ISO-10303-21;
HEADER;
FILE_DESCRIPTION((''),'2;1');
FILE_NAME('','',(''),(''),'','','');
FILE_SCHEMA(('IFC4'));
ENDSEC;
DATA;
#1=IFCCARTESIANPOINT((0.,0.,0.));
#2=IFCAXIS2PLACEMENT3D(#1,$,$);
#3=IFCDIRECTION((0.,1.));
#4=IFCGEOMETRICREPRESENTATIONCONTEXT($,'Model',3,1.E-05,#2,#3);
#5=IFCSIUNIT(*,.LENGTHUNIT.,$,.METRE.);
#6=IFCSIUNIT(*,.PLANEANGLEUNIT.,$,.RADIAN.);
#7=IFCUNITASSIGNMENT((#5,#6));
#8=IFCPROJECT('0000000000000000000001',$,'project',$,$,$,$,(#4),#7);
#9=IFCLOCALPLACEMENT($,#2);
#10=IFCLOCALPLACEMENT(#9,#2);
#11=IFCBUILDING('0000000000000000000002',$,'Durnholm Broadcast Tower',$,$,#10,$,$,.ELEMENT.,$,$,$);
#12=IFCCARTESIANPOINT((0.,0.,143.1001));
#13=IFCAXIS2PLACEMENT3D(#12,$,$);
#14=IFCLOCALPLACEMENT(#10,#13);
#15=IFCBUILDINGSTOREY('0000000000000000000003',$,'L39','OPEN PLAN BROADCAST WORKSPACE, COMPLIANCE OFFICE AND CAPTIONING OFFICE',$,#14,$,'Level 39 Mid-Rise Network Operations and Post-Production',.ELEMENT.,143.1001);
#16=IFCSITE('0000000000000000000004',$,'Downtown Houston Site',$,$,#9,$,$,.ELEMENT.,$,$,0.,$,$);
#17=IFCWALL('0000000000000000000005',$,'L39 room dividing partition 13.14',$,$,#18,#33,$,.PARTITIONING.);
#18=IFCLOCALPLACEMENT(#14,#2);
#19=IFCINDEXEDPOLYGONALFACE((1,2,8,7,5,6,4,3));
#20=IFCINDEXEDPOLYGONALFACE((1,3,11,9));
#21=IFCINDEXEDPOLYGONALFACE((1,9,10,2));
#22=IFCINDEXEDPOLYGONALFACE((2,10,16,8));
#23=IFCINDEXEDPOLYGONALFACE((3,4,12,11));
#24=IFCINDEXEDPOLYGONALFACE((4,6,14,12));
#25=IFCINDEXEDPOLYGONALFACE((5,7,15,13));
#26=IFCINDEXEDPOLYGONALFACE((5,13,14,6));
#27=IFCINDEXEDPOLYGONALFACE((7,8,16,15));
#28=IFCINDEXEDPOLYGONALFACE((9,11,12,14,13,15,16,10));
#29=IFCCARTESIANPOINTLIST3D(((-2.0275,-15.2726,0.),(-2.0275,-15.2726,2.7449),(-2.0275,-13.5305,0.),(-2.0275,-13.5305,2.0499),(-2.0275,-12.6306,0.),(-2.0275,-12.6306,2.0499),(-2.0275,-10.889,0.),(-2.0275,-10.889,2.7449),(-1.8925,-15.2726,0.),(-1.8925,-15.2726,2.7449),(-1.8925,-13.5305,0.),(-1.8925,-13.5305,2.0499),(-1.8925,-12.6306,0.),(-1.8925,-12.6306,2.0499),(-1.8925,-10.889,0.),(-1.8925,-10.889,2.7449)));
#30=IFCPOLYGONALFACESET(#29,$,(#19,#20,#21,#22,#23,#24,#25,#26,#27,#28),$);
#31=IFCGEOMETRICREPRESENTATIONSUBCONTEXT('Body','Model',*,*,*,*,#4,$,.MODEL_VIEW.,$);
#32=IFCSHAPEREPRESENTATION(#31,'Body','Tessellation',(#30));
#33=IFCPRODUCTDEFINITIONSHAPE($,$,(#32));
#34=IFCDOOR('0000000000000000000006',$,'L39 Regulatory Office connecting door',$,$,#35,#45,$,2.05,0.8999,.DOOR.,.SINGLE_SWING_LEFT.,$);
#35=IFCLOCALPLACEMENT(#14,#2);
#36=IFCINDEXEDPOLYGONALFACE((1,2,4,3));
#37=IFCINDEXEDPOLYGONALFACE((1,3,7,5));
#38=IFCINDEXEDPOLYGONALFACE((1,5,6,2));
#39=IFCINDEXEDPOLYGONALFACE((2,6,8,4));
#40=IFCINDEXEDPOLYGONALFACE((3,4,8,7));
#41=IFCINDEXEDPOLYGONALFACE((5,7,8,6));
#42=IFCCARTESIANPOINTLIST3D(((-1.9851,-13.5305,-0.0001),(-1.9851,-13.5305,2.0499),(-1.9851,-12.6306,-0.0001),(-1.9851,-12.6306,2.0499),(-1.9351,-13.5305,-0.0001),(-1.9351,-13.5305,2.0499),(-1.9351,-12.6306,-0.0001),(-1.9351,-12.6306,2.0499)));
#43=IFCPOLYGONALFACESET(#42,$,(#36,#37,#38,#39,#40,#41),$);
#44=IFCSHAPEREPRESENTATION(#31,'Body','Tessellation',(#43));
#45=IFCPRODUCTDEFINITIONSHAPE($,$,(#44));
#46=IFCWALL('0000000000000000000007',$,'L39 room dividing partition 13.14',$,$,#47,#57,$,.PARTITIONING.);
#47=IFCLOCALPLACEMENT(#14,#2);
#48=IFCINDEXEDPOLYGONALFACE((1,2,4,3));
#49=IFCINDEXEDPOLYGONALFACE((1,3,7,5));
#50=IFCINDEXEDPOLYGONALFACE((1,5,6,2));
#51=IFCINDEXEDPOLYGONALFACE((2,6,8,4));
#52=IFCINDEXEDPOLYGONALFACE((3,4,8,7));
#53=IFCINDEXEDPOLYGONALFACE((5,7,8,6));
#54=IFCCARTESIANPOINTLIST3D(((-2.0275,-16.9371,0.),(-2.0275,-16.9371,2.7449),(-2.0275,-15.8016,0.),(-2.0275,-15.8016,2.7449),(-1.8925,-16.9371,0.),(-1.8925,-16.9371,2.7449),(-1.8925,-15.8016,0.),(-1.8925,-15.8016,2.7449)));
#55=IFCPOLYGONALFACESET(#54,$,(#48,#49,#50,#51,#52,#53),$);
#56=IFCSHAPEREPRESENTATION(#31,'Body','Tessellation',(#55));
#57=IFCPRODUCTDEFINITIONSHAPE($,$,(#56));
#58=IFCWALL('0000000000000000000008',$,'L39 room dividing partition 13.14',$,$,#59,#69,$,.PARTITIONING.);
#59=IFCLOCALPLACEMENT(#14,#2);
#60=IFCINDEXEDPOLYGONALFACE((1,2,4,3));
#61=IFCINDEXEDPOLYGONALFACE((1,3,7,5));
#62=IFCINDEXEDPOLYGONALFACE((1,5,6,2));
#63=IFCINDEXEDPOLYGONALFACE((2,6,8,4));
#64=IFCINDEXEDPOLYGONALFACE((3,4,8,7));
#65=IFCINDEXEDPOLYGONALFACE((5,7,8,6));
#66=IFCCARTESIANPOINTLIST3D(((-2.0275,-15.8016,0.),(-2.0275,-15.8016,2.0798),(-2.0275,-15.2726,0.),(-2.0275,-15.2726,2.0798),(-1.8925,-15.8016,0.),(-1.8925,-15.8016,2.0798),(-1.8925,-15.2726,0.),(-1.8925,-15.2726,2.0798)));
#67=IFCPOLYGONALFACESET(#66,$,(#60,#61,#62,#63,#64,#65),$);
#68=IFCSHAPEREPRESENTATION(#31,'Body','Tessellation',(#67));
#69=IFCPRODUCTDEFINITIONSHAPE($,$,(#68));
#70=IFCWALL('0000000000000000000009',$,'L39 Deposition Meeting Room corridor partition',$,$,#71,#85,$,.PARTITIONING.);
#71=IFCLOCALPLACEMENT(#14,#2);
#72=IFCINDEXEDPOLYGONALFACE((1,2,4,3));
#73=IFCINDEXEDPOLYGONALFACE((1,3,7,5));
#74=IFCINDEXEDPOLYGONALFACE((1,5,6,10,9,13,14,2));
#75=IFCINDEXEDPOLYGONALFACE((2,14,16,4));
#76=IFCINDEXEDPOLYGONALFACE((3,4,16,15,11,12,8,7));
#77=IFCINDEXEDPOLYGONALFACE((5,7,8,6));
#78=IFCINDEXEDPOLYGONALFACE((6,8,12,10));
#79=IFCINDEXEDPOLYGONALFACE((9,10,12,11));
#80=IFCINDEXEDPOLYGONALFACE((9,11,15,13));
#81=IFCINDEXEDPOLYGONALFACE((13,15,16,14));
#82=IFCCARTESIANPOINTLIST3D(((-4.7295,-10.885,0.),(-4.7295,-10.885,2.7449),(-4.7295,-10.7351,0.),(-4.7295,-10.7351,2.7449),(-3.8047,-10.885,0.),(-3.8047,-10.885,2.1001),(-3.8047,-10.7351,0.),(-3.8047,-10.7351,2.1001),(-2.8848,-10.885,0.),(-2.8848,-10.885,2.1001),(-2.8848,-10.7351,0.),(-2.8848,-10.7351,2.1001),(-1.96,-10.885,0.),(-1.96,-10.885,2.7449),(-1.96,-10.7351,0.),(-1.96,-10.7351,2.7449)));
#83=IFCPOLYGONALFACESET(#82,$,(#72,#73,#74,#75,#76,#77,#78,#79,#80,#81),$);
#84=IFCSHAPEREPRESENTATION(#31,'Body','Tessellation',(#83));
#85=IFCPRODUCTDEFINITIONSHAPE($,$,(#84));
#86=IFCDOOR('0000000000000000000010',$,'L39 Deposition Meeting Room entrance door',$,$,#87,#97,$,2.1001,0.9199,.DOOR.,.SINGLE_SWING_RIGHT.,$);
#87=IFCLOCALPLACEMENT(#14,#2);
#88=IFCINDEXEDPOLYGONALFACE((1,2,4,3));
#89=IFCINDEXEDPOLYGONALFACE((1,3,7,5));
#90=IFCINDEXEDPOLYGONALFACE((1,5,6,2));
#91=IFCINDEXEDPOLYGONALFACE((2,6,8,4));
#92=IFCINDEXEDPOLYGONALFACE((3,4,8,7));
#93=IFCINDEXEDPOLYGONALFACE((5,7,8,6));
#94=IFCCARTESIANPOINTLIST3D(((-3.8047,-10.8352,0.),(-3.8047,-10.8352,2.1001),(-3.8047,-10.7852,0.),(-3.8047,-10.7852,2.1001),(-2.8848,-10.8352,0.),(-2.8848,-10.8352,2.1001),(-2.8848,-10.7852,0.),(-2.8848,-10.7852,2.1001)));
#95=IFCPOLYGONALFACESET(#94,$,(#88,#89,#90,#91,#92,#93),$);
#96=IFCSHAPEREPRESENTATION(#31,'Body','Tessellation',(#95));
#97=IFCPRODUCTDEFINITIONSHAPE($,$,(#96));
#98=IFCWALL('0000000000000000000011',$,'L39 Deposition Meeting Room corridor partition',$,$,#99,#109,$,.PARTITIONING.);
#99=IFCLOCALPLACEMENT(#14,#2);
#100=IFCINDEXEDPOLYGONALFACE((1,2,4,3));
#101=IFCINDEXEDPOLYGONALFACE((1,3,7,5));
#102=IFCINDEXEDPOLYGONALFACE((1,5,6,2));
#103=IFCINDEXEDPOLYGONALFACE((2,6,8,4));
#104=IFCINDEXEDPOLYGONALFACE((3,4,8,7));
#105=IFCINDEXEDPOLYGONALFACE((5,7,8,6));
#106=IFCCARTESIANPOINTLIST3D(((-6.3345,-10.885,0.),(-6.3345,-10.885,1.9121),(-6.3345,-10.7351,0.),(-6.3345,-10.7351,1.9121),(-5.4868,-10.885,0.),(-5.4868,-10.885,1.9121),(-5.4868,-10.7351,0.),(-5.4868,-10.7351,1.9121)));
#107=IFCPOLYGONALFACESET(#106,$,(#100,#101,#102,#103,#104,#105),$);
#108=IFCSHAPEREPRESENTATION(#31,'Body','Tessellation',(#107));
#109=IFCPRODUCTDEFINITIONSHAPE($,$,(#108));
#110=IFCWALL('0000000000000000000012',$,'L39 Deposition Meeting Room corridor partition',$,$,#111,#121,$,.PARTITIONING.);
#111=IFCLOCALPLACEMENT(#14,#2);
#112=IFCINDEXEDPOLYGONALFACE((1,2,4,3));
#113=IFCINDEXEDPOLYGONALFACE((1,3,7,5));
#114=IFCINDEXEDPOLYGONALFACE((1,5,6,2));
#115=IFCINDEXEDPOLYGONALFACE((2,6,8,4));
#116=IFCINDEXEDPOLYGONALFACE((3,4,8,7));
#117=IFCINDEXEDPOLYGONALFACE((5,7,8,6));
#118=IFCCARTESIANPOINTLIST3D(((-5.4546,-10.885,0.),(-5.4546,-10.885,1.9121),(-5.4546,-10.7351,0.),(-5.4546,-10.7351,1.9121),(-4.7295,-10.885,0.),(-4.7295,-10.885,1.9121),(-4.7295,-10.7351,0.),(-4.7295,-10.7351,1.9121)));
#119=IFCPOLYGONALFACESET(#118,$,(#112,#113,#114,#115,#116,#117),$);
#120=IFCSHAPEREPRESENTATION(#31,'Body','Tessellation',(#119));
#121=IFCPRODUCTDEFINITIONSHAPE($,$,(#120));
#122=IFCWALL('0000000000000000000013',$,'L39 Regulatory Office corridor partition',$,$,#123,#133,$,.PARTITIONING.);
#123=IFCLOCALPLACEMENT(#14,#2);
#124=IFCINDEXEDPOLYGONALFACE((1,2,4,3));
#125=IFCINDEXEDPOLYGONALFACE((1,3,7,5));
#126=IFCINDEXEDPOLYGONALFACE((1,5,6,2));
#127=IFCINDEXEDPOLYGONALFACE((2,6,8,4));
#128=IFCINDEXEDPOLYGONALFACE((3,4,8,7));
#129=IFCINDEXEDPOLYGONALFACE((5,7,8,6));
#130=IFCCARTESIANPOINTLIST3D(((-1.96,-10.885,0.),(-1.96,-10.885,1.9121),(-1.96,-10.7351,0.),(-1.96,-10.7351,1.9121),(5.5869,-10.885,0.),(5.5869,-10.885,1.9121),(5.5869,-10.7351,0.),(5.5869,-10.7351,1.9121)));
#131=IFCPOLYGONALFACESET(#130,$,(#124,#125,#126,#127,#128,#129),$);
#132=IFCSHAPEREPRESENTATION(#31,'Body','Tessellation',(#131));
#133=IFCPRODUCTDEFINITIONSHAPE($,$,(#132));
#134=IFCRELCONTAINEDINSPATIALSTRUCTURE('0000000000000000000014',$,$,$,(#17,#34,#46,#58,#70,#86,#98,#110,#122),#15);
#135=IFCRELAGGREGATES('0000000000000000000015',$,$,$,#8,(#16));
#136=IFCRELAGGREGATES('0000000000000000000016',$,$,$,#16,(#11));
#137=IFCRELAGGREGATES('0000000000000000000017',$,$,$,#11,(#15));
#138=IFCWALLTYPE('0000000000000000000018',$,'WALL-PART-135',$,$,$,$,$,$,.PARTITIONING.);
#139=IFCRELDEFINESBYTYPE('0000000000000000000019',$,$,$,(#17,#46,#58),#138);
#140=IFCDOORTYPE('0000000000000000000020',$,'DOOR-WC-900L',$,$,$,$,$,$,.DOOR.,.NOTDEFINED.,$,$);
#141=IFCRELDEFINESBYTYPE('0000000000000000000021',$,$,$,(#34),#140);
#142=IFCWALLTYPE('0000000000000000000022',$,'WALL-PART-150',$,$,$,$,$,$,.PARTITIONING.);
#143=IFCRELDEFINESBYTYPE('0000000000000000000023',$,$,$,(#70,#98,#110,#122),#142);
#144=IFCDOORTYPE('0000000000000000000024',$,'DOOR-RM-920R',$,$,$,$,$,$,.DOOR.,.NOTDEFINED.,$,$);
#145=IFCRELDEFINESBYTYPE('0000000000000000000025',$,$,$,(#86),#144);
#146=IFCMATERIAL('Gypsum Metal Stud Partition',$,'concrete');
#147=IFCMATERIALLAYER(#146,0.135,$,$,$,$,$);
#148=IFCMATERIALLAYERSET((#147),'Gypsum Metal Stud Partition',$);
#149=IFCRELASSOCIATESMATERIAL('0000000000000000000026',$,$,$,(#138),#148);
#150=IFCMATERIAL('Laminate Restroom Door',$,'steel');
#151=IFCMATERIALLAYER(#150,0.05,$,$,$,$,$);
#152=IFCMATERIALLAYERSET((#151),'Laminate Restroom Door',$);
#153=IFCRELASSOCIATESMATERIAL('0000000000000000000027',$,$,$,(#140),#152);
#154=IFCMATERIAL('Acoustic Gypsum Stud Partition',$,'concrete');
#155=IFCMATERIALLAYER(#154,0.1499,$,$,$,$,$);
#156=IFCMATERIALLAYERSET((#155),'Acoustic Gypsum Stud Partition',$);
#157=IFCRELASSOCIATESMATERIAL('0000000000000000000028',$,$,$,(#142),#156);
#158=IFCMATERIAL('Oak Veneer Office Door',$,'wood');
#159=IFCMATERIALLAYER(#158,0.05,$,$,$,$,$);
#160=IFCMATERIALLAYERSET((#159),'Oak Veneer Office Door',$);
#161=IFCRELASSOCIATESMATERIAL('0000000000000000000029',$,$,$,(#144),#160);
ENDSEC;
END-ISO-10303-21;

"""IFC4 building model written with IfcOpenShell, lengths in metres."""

from ifc_helpers import new_model, si_unit, direction, frame, frame_2d, origin, place, context, subcontext, project, spatial, rectangle, extrude, source, transform, mapped, material, layer, layer_set, type_object, type_shapes, element, fill, save


model = new_model("IFC4")

# Units and contexts
model_context = context("Model", 3, precision=1e-05, world=origin(), true_north=direction((0.0, 1.0)))
body_context = subcontext(model_context, "Body", "Model", "MODEL_VIEW")
ifc_project = project(units=[si_unit("LENGTHUNIT", "METRE"), si_unit("PLANEANGLEUNIT", "RADIAN")], contexts=[model_context])

# Site, building, storey
site_placement = place(None, origin())
site = spatial("IfcSite", under=ifc_project, at=site_placement, Name="Downtown Houston Site", CompositionType="ELEMENT", RefElevation=0.0)
building_placement = place(site_placement, origin())
building = spatial("IfcBuilding", under=site, at=building_placement, Name="Durnholm Broadcast Tower", CompositionType="ELEMENT")
storey_placement = place(building_placement, frame((0.0, 0.0, 143.1001)))
storey = spatial("IfcBuildingStorey", under=building, at=storey_placement, Name="L39", Description="OPEN PLAN BROADCAST WORKSPACE, COMPLIANCE OFFICE AND CAPTIONING OFFICE", LongName="Level 39 Mid-Rise Network Operations and Post-Production", CompositionType="ELEMENT", Elevation=143.1001)

# Wall, opening, door
ifc_material_1 = material(Name="Gypsum Metal Stud Partition", Category="concrete")
ifc_layer_1 = layer(ifc_material_1, 0.135)
ifc_layer_set_1 = layer_set([ifc_layer_1], Name="Gypsum Metal Stud Partition")
wall_type_1 = type_object("IfcWallType", Name="WALL-PART-135", PredefinedType="PARTITIONING", material=ifc_layer_set_1)
wall_1_placement = place(storey_placement, frame((-1.96, -10.8889, 0.0), z_axis=(0.0, 0.0, 1.0), x_axis=(0.0, -1.0, 0.0)))
wall_1 = element("IfcWall", 1, at=wall_1_placement, inside=storey, type_object=wall_type_1, Name="L39 room dividing partition 13.14", PredefinedType="PARTITIONING", context=body_context, shape_type="SweptSolid", body=[
    extrude(rectangle(XDim=4.3835, YDim=0.135, at=frame_2d((2.1919, 0.0))), origin(), (0.0, 0.0, 1.0), 2.7449),
])
opening_1_placement = place(wall_1_placement, frame((1.7417, 0.0, 0.0)))
opening_1 = element("IfcOpeningElement", 2, at=opening_1_placement, cuts=wall_1, PredefinedType="OPENING", context=body_context, shape_type="SweptSolid", body=[
    extrude(rectangle(XDim=0.8999, YDim=2.05, at=frame_2d((0.45, 1.0249))), frame((0.0, 0.0776, 0.0), z_axis=(0.0, -1.0, 0.0), x_axis=(1.0, 0.0, 0.0)), (0.0, 0.0, 1.0), 0.155),
])
ifc_material_2 = material(Name="Laminate Restroom Door", Category="steel")
ifc_layer_2 = layer(ifc_material_2, 0.05)
ifc_layer_set_2 = layer_set([ifc_layer_2], Name="Laminate Restroom Door")
door_type_1 = type_object("IfcDoorType", Name="DOOR-WC-900L", OperationType="NOTDEFINED", PredefinedType="DOOR", material=ifc_layer_set_2)
shared_shape_1 = source(origin(), body_context, "Body", "SweptSolid", [
    extrude(rectangle(XDim=0.8999, YDim=2.05, at=frame_2d((0.45, 1.0249))), frame((0.0, 0.0249, 0.0), z_axis=(0.0, -1.0, 0.0), x_axis=(1.0, 0.0, 0.0)), (0.0, 0.0, 1.0), 0.05),
])
type_shapes(door_type_1, [shared_shape_1])
door_1_placement = place(opening_1_placement, origin())
door_1 = element("IfcDoor", 3, at=door_1_placement, inside=storey, type_object=door_type_1, Name="L39 Regulatory Office connecting door", OperationType="SINGLE_SWING_LEFT", OverallHeight=2.05, OverallWidth=0.8999, PredefinedType="DOOR", context=body_context, shape_type="MappedRepresentation", body=[
    mapped(shared_shape_1, transform((0.0, 0.0, 0.0), x_axis=(1.0, 0.0, 0.0), y_axis=(0.0, 1.0, 0.0), z_axis=(0.0, 0.0, 1.0), scale=1.0)),
])
fill(opening_1, door_1)

# Walls
wall_2_placement = place(storey_placement, frame((-1.96, -15.8015, 0.0), z_axis=(0.0, 0.0, 1.0), x_axis=(0.0, -1.0, 0.0)))
element("IfcWall", 4, at=wall_2_placement, inside=storey, type_object=wall_type_1, Name="L39 room dividing partition 13.14", PredefinedType="PARTITIONING", context=body_context, shape_type="SweptSolid", body=[
    extrude(rectangle(XDim=1.1355, YDim=0.135, at=frame_2d((0.5679, 0.0))), origin(), (0.0, 0.0, 1.0), 2.7449),
])
wall_3_placement = place(storey_placement, frame((-1.96, -15.2725, 0.0), z_axis=(0.0, 0.0, 1.0), x_axis=(0.0, -1.0, 0.0)))
element("IfcWall", 5, at=wall_3_placement, inside=storey, type_object=wall_type_1, Name="L39 room dividing partition 13.14", PredefinedType="PARTITIONING", context=body_context, shape_type="SweptSolid", body=[
    extrude(rectangle(XDim=0.5291, YDim=0.135, at=frame_2d((0.2646, 0.0))), origin(), (0.0, 0.0, 1.0), 2.0798),
])

# Wall, opening, door
ifc_material_3 = material(Name="Acoustic Gypsum Stud Partition", Category="concrete")
ifc_layer_3 = layer(ifc_material_3, 0.1499)
ifc_layer_set_3 = layer_set([ifc_layer_3], Name="Acoustic Gypsum Stud Partition")
wall_type_2 = type_object("IfcWallType", Name="WALL-PART-150", PredefinedType="PARTITIONING", material=ifc_layer_set_3)
wall_4_placement = place(storey_placement, frame((-4.7295, -10.8101, 0.0), z_axis=(0.0, 0.0, 1.0), x_axis=(1.0, 0.0, 0.0)))
wall_4 = element("IfcWall", 6, at=wall_4_placement, inside=storey, type_object=wall_type_2, Name="L39 Deposition Meeting Room corridor partition", PredefinedType="PARTITIONING", context=body_context, shape_type="SweptSolid", body=[
    extrude(rectangle(XDim=2.7695, YDim=0.1499, at=frame_2d((1.3848, 0.0))), origin(), (0.0, 0.0, 1.0), 2.7449),
])
opening_2_placement = place(wall_4_placement, frame((0.9248, 0.0, 0.0)))
opening_2 = element("IfcOpeningElement", 7, at=opening_2_placement, cuts=wall_4, PredefinedType="OPENING", context=body_context, shape_type="SweptSolid", body=[
    extrude(rectangle(XDim=0.9199, YDim=2.1001, at=frame_2d((0.46, 1.05))), frame((0.0, 0.085, 0.0), z_axis=(0.0, -1.0, 0.0), x_axis=(1.0, 0.0, 0.0)), (0.0, 0.0, 1.0), 0.1699),
])
ifc_material_4 = material(Name="Oak Veneer Office Door", Category="wood")
ifc_layer_4 = layer(ifc_material_4, 0.05)
ifc_layer_set_4 = layer_set([ifc_layer_4], Name="Oak Veneer Office Door")
door_type_2 = type_object("IfcDoorType", Name="DOOR-RM-920R", OperationType="NOTDEFINED", PredefinedType="DOOR", material=ifc_layer_set_4)
shared_shape_2 = source(origin(), body_context, "Body", "SweptSolid", [
    extrude(rectangle(XDim=0.9199, YDim=2.1001, at=frame_2d((0.46, 1.05))), frame((0.0, 0.0249, 0.0), z_axis=(0.0, -1.0, 0.0), x_axis=(1.0, 0.0, 0.0)), (0.0, 0.0, 1.0), 0.05),
])
type_shapes(door_type_2, [shared_shape_2])
door_2_placement = place(opening_2_placement, origin())
door_2 = element("IfcDoor", 8, at=door_2_placement, inside=storey, type_object=door_type_2, Name="L39 Deposition Meeting Room entrance door", OperationType="SINGLE_SWING_RIGHT", OverallHeight=2.1001, OverallWidth=0.9199, PredefinedType="DOOR", context=body_context, shape_type="MappedRepresentation", body=[
    mapped(shared_shape_2, transform((0.0, 0.0, 0.0), x_axis=(1.0, 0.0, 0.0), y_axis=(0.0, 1.0, 0.0), z_axis=(0.0, 0.0, 1.0), scale=1.0)),
])
fill(opening_2, door_2)

# Walls
wall_5_placement = place(storey_placement, frame((-6.3345, -10.8101, 0.0), z_axis=(0.0, 0.0, 1.0), x_axis=(1.0, 0.0, 0.0)))
element("IfcWall", 9, at=wall_5_placement, inside=storey, type_object=wall_type_2, Name="L39 Deposition Meeting Room corridor partition", PredefinedType="PARTITIONING", context=body_context, shape_type="SweptSolid", body=[
    extrude(rectangle(XDim=0.8477, YDim=0.1499, at=frame_2d((0.4238, 0.0))), origin(), (0.0, 0.0, 1.0), 1.9121),
])
wall_6_placement = place(storey_placement, frame((-5.4546, -10.8101, 0.0), z_axis=(0.0, 0.0, 1.0), x_axis=(1.0, 0.0, 0.0)))
element("IfcWall", 10, at=wall_6_placement, inside=storey, type_object=wall_type_2, Name="L39 Deposition Meeting Room corridor partition", PredefinedType="PARTITIONING", context=body_context, shape_type="SweptSolid", body=[
    extrude(rectangle(XDim=0.7251, YDim=0.1499, at=frame_2d((0.3625, 0.0))), origin(), (0.0, 0.0, 1.0), 1.9121),
])
wall_7_placement = place(storey_placement, frame((-1.96, -10.8101, 0.0), z_axis=(0.0, 0.0, 1.0), x_axis=(1.0, 0.0, 0.0)))
element("IfcWall", 11, at=wall_7_placement, inside=storey, type_object=wall_type_2, Name="L39 Regulatory Office corridor partition", PredefinedType="PARTITIONING", context=body_context, shape_type="SweptSolid", body=[
    extrude(rectangle(XDim=7.5469, YDim=0.1499, at=frame_2d((3.7734, 0.0))), origin(), (0.0, 0.0, 1.0), 1.9121),
])

save(model, "model.ifc")
